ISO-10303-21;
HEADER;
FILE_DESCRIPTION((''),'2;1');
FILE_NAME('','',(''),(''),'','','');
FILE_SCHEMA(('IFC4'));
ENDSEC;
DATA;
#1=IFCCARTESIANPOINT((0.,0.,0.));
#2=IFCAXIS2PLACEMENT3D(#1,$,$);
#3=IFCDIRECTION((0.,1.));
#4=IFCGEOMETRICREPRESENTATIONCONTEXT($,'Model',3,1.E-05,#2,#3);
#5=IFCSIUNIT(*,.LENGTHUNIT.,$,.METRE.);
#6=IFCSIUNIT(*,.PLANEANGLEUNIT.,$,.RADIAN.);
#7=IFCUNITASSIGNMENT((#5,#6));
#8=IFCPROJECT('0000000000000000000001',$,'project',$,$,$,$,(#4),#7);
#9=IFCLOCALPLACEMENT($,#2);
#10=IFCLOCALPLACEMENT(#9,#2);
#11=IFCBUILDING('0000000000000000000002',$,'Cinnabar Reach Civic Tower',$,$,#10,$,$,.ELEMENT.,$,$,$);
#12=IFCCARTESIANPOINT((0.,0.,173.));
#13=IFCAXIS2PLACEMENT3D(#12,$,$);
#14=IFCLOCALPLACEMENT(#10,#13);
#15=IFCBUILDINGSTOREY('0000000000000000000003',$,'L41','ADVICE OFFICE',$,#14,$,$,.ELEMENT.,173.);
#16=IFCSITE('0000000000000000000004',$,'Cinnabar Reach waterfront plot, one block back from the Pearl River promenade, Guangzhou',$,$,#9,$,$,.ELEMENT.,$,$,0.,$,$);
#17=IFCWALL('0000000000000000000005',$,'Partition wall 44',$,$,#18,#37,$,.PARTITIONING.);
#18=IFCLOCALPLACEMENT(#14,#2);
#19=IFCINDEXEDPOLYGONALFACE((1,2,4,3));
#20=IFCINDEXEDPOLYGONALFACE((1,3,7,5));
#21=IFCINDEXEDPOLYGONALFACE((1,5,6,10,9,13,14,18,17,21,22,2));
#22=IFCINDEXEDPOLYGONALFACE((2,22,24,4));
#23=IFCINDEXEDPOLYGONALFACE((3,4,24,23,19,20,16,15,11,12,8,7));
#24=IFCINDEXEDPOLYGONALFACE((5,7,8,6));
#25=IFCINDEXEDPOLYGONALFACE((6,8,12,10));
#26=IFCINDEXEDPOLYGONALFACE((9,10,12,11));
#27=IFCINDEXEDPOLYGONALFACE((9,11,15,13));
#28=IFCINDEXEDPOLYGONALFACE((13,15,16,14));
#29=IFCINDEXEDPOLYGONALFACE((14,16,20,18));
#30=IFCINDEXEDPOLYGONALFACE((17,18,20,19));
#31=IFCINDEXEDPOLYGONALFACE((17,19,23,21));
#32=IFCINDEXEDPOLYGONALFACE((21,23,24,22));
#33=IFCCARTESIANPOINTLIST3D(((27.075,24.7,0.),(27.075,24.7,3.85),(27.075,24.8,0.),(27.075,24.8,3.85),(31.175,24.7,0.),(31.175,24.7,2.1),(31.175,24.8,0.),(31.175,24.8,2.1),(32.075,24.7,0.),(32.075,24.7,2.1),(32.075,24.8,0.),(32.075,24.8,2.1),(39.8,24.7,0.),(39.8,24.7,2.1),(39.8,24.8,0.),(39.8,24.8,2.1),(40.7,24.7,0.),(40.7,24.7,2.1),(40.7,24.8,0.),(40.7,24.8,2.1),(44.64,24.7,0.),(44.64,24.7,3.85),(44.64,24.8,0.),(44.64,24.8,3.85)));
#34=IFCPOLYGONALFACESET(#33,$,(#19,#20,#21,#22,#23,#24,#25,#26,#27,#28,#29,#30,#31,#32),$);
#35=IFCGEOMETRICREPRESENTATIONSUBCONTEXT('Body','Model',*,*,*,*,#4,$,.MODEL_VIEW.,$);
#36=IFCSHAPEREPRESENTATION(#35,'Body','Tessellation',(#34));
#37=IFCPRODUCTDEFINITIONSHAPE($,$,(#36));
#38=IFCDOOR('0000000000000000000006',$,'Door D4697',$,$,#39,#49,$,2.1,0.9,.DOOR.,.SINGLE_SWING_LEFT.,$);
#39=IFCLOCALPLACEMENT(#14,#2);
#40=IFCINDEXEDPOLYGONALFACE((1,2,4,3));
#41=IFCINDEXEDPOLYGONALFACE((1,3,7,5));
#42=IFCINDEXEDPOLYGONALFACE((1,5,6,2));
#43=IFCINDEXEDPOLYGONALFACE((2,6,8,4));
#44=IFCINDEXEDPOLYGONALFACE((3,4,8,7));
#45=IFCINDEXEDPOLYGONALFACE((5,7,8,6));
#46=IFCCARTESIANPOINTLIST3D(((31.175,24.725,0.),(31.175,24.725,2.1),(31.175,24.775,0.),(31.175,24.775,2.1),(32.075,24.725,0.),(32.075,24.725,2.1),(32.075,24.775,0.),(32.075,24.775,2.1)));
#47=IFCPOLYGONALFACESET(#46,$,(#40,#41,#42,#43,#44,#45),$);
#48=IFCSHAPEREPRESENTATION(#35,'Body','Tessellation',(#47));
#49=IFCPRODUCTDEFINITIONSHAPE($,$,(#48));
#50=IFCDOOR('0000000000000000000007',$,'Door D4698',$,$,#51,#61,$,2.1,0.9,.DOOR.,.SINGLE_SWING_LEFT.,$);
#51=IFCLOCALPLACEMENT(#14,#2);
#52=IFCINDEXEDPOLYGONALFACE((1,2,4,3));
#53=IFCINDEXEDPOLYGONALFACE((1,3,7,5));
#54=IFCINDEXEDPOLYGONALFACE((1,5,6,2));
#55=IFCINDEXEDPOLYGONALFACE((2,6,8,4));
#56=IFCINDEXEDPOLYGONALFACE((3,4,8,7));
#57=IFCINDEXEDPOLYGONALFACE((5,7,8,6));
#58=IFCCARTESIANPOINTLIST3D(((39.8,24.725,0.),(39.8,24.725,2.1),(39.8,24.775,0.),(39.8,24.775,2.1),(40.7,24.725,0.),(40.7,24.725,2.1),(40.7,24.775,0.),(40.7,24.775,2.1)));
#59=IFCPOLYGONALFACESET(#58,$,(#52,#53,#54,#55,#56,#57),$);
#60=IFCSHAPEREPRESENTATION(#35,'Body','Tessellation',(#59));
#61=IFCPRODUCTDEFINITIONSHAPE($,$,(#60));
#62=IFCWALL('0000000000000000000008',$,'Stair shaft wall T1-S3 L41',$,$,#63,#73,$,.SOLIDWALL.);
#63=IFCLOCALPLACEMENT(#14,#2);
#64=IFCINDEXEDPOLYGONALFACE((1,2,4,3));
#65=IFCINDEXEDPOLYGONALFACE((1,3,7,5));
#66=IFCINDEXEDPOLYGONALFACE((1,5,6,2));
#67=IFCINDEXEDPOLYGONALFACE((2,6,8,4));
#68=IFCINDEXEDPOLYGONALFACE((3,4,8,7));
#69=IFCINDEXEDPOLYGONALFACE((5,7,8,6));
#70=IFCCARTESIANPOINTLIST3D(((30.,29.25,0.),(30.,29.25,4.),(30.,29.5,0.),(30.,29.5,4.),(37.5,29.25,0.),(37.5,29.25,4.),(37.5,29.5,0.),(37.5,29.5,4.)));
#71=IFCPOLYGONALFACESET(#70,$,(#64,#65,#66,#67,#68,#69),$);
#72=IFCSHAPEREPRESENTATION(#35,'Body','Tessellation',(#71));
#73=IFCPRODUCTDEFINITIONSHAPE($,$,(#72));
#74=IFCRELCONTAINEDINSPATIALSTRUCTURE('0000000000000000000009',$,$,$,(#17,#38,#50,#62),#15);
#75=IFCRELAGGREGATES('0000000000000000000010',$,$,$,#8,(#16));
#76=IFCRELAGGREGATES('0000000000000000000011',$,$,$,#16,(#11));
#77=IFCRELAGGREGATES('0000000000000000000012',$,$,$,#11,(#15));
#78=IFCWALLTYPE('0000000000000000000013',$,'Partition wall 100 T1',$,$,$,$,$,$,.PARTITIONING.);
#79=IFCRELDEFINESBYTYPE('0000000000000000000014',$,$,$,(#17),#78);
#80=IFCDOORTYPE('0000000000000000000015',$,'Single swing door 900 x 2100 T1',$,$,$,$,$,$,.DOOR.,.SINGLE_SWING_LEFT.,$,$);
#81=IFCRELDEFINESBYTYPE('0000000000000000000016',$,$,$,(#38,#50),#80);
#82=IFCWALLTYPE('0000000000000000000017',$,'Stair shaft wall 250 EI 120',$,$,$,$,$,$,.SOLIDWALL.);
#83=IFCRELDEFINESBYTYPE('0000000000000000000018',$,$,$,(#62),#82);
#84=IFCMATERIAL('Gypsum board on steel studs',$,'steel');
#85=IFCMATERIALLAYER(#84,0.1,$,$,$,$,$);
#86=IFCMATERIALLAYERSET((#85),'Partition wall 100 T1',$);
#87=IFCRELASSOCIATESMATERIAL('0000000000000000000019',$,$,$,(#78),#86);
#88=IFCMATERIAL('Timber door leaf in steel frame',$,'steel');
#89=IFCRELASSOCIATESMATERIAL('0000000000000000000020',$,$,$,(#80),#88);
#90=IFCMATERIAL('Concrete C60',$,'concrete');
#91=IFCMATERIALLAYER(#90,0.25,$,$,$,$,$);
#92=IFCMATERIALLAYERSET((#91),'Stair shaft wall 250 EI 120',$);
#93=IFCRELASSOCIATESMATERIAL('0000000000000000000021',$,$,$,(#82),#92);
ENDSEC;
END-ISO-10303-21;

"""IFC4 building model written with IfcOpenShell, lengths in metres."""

from ifc_helpers import new_model, si_unit, direction, frame, frame_2d, origin, place, context, subcontext, project, spatial, rectangle, extrude, material, layer, layer_set, type_object, element, fill, save


model = new_model("IFC4")

# Units and contexts
model_context = context("Model", 3, precision=1e-05, world=origin(), true_north=direction((0.0, 1.0)))
body_context = subcontext(model_context, "Body", "Model", "MODEL_VIEW")
ifc_project = project(units=[si_unit("LENGTHUNIT", "METRE"), si_unit("PLANEANGLEUNIT", "RADIAN")], contexts=[model_context])

# Site, building, storey
site_placement = place(None, origin())
site = spatial("IfcSite", under=ifc_project, at=site_placement, Name="Cinnabar Reach waterfront plot, one block back from the Pearl River promenade, Guangzhou", CompositionType="ELEMENT", RefElevation=0.0)
building_placement = place(site_placement, origin())
building = spatial("IfcBuilding", under=site, at=building_placement, Name="Cinnabar Reach Civic Tower", CompositionType="ELEMENT")
storey_placement = place(building_placement, frame((0.0, 0.0, 173.0)))
storey = spatial("IfcBuildingStorey", under=building, at=storey_placement, Name="L41", Description="ADVICE OFFICE", CompositionType="ELEMENT", Elevation=173.0)

# Shared definitions
ifc_material_1 = material(Name="Timber door leaf in steel frame", Category="steel")

# Wall, openings, doors
ifc_material_2 = material(Name="Gypsum board on steel studs", Category="steel")
ifc_layer_1 = layer(ifc_material_2, 0.1)
ifc_layer_set_1 = layer_set([ifc_layer_1], Name="Partition wall 100 T1")
wall_type_1 = type_object("IfcWallType", Name="Partition wall 100 T1", PredefinedType="PARTITIONING", material=ifc_layer_set_1)
wall_1_placement = place(storey_placement, frame((27.075, 24.75, 0.0), z_axis=(0.0, 0.0, 1.0), x_axis=(1.0, 0.0, 0.0)))
wall_1 = element("IfcWall", 1, at=wall_1_placement, inside=storey, type_object=wall_type_1, Name="Partition wall 44", PredefinedType="PARTITIONING", context=body_context, shape_type="SweptSolid", body=[
    extrude(rectangle(XDim=17.565, YDim=0.1, at=frame_2d((8.7825, 0.0))), origin(), (0.0, 0.0, 1.0), 3.85),
])
opening_1_placement = place(wall_1_placement, frame((4.1, 0.0, 0.0)))
opening_1 = element("IfcOpeningElement", 2, at=opening_1_placement, cuts=wall_1, PredefinedType="OPENING", context=body_context, shape_type="SweptSolid", body=[
    extrude(rectangle(XDim=0.9, YDim=2.1, at=frame_2d((0.45, 1.05))), frame((0.0, 0.06, 0.0), z_axis=(0.0, -1.0, 0.0), x_axis=(1.0, 0.0, 0.0)), (0.0, 0.0, 1.0), 0.12),
])
opening_2_placement = place(wall_1_placement, frame((12.725, 0.0, 0.0)))
opening_2 = element("IfcOpeningElement", 3, at=opening_2_placement, cuts=wall_1, PredefinedType="OPENING", context=body_context, shape_type="SweptSolid", body=[
    extrude(rectangle(XDim=0.9, YDim=2.1, at=frame_2d((0.45, 1.05))), frame((0.0, 0.06, 0.0), z_axis=(0.0, -1.0, 0.0), x_axis=(1.0, 0.0, 0.0)), (0.0, 0.0, 1.0), 0.12),
])
door_type_1 = type_object("IfcDoorType", Name="Single swing door 900 x 2100 T1", OperationType="SINGLE_SWING_LEFT", PredefinedType="DOOR", material=ifc_material_1)
door_1_placement = place(opening_1_placement, frame((0.9, 0.0, 0.0), z_axis=(0.0, 0.0, 1.0), x_axis=(-1.0, 0.0, 0.0)))
door_1 = element("IfcDoor", 4, at=door_1_placement, inside=storey, type_object=door_type_1, Name="Door D4697", OperationType="SINGLE_SWING_LEFT", OverallHeight=2.1, OverallWidth=0.9, PredefinedType="DOOR", context=body_context, shape_type="SweptSolid", body=[
    extrude(rectangle(XDim=0.9, YDim=2.1, at=frame_2d((0.45, 1.05))), frame((0.0, 0.025, 0.0), z_axis=(0.0, -1.0, 0.0), x_axis=(1.0, 0.0, 0.0)), (0.0, 0.0, 1.0), 0.05),
])
fill(opening_1, door_1)
door_2_placement = place(opening_2_placement, frame((0.9, 0.0, 0.0), z_axis=(0.0, 0.0, 1.0), x_axis=(-1.0, 0.0, 0.0)))
door_2 = element("IfcDoor", 5, at=door_2_placement, inside=storey, type_object=door_type_1, Name="Door D4698", OperationType="SINGLE_SWING_LEFT", OverallHeight=2.1, OverallWidth=0.9, PredefinedType="DOOR", context=body_context, shape_type="SweptSolid", body=[
    extrude(rectangle(XDim=0.9, YDim=2.1, at=frame_2d((0.45, 1.05))), frame((0.0, 0.025, 0.0), z_axis=(0.0, -1.0, 0.0), x_axis=(1.0, 0.0, 0.0)), (0.0, 0.0, 1.0), 0.05),
])
fill(opening_2, door_2)

# Wall
ifc_material_3 = material(Name="Concrete C60", Category="concrete")
ifc_layer_2 = layer(ifc_material_3, 0.25)
ifc_layer_set_2 = layer_set([ifc_layer_2], Name="Stair shaft wall 250 EI 120")
wall_type_2 = type_object("IfcWallType", Name="Stair shaft wall 250 EI 120", PredefinedType="SOLIDWALL", material=ifc_layer_set_2)
wall_2_placement = place(storey_placement, frame((30.0, 29.375, 0.0), z_axis=(0.0, 0.0, 1.0), x_axis=(1.0, 0.0, 0.0)))
element("IfcWall", 6, at=wall_2_placement, inside=storey, type_object=wall_type_2, Name="Stair shaft wall T1-S3 L41", PredefinedType="SOLIDWALL", context=body_context, shape_type="SweptSolid", body=[
    extrude(rectangle(XDim=7.5, YDim=0.25, at=frame_2d((3.75, 0.0))), origin(), (0.0, 0.0, 1.0), 4.0),
])

save(model, "model.ifc")
